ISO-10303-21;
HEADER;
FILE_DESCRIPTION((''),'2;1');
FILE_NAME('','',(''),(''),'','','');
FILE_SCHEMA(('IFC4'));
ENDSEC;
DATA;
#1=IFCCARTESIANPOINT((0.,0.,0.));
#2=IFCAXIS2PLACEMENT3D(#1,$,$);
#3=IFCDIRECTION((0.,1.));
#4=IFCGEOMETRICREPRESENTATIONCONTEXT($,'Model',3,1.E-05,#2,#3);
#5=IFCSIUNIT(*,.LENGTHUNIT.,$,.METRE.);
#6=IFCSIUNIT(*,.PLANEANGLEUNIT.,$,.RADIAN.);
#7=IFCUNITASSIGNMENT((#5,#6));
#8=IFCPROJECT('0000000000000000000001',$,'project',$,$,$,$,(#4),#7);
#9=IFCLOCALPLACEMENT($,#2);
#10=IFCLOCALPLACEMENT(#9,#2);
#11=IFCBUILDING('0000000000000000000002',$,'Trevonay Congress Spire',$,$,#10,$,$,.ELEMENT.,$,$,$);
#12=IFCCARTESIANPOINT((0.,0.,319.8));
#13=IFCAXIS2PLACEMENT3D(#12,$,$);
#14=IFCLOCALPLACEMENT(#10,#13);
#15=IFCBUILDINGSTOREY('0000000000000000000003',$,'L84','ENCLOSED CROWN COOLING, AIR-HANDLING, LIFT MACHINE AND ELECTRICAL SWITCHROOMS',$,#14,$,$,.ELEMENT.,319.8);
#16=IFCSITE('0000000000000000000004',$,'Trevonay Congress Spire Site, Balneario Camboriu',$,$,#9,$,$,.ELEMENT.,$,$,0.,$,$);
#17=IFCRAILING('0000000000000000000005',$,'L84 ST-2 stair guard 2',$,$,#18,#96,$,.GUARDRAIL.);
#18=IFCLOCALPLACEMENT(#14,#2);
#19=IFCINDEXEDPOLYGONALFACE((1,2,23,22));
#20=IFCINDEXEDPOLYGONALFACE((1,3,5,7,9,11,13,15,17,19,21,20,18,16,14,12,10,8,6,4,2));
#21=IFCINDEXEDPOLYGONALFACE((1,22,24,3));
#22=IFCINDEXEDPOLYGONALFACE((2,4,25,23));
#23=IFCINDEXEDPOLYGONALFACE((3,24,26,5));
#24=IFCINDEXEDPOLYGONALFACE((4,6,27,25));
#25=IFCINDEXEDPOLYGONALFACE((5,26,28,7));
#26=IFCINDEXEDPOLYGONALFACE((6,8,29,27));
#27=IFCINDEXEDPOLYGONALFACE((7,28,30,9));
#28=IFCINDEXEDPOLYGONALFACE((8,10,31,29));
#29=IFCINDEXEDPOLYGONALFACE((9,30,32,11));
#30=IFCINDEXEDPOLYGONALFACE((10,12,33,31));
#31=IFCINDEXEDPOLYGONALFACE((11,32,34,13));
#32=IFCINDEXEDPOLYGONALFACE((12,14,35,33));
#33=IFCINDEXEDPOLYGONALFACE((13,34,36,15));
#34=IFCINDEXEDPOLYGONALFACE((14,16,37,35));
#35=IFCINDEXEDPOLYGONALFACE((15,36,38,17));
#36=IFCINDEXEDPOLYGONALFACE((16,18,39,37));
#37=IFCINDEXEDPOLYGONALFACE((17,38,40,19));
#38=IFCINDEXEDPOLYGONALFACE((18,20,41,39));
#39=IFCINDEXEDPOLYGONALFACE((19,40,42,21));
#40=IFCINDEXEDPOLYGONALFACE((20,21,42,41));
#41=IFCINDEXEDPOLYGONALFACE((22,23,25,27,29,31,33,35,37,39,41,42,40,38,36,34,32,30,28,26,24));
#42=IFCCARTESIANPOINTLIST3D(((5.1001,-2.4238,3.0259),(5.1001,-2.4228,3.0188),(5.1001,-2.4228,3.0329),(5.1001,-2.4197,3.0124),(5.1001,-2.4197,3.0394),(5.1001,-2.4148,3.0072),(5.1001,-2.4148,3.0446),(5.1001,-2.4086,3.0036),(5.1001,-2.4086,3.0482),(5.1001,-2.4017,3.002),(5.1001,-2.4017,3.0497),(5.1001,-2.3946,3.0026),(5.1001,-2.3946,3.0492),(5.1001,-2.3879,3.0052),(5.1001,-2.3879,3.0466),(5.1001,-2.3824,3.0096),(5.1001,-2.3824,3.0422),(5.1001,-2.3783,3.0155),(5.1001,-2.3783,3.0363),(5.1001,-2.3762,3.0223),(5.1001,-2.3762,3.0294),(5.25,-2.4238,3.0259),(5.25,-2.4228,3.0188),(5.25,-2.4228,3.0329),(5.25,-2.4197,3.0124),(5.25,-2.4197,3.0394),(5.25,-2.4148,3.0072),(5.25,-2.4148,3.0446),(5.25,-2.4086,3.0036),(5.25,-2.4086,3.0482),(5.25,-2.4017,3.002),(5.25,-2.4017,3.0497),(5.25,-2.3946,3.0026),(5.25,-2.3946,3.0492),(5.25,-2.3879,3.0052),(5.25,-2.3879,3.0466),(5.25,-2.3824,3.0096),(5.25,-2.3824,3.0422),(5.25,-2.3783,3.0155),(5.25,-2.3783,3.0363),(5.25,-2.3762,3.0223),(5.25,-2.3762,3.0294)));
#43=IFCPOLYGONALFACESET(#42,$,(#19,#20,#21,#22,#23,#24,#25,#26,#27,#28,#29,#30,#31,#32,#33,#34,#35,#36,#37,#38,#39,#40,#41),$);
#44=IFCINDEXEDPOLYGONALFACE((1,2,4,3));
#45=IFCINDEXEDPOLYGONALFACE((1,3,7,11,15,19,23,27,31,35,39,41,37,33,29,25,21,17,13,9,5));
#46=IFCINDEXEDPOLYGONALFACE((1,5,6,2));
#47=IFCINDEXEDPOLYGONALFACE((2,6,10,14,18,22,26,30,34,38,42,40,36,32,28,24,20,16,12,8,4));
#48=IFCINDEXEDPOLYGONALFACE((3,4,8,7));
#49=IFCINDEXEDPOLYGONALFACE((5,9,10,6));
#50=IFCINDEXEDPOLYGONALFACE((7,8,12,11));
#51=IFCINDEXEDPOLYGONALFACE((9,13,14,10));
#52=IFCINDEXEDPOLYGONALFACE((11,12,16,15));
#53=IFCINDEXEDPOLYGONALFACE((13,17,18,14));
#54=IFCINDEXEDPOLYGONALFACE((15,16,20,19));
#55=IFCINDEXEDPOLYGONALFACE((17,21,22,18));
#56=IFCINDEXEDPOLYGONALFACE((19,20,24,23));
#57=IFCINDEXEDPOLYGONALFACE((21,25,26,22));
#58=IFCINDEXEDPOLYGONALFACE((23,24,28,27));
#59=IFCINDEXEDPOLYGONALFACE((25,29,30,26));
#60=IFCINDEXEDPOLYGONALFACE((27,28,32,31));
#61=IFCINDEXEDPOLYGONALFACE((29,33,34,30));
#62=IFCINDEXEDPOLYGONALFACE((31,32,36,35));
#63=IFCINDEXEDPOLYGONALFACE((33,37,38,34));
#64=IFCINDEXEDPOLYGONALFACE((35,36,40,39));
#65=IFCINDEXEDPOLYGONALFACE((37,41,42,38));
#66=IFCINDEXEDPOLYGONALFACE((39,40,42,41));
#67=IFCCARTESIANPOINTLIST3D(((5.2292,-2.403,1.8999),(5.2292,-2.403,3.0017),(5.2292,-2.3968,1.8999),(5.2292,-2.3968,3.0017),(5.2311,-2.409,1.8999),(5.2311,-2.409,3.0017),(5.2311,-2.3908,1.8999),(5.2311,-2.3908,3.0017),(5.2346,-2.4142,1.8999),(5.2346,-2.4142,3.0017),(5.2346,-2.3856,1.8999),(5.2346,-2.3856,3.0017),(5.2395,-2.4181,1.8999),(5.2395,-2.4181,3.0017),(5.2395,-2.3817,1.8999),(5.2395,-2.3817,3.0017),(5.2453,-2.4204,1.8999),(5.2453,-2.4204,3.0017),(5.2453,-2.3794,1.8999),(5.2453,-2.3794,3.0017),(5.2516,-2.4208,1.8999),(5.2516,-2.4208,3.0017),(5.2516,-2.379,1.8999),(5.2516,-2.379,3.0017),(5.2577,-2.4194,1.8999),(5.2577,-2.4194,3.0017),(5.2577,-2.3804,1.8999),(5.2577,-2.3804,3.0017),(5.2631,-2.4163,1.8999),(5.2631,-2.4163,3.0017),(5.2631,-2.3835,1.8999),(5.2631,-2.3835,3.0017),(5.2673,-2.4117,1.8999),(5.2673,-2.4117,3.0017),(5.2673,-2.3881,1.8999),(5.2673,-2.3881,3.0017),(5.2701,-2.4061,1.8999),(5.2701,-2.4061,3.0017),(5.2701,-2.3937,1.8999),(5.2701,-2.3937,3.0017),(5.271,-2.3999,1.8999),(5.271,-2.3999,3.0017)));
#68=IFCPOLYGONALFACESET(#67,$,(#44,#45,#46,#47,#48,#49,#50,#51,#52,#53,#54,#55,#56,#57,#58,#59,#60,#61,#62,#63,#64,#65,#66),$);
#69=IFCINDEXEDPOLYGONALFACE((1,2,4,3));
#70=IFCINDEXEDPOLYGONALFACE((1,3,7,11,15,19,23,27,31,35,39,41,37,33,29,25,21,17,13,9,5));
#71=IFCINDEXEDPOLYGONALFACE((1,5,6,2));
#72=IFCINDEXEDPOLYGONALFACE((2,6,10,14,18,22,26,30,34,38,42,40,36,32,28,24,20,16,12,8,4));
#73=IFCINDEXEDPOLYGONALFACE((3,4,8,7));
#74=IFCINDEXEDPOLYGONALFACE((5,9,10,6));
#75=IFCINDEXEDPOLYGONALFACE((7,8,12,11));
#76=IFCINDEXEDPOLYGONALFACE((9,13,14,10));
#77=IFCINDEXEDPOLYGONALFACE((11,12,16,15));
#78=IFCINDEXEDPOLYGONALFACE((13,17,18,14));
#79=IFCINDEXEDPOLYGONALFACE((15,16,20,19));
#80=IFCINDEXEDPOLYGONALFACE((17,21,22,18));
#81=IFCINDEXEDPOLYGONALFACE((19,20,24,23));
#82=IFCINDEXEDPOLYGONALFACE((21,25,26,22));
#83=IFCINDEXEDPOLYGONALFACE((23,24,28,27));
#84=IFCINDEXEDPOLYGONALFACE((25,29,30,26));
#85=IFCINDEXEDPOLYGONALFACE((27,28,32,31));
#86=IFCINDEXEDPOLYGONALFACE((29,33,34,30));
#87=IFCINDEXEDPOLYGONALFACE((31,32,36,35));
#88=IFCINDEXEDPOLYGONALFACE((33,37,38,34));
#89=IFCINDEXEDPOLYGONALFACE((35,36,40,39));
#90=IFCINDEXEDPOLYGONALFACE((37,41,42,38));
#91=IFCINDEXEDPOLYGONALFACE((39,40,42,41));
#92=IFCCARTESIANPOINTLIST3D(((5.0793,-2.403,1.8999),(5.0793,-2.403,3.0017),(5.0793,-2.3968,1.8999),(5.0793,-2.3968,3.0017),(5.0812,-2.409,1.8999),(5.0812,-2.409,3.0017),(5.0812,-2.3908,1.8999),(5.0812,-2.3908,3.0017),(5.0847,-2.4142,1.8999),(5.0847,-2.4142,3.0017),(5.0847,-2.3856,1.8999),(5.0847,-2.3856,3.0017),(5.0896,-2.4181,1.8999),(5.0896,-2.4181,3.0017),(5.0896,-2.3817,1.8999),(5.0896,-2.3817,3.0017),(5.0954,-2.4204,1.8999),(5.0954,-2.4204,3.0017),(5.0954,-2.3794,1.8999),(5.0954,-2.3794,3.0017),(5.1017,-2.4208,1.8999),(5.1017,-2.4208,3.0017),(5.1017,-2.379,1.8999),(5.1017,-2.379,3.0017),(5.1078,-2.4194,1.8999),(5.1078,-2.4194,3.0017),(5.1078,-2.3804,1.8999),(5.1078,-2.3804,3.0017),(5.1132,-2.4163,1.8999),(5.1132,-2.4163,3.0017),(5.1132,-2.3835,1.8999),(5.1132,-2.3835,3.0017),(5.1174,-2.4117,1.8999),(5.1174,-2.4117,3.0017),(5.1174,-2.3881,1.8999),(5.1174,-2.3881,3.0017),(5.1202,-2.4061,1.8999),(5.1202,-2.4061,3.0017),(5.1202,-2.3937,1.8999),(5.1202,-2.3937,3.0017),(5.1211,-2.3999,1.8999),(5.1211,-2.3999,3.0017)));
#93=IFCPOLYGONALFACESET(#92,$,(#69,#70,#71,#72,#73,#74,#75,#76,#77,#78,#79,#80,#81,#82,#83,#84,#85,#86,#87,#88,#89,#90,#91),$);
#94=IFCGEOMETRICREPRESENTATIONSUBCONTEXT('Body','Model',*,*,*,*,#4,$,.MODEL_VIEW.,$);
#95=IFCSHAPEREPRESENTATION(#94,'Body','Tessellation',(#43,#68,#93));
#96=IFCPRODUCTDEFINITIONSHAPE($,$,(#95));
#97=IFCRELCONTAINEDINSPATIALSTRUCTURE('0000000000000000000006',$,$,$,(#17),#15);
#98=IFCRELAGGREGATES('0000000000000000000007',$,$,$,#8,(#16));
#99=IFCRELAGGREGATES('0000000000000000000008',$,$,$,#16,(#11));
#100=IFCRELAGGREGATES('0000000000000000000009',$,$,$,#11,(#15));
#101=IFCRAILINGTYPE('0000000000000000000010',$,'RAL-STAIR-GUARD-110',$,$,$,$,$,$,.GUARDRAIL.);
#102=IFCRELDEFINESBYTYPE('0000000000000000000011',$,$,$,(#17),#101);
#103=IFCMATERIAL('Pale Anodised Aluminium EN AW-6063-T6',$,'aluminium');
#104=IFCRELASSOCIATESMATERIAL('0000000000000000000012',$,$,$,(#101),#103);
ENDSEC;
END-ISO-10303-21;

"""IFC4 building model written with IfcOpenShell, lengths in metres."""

from ifc_helpers import new_model, si_unit, direction, frame, origin, origin_2d, place, context, subcontext, project, spatial, circle, extrude, material, type_object, element, save


model = new_model("IFC4")

# Units and contexts
model_context = context("Model", 3, precision=1e-05, world=origin(), true_north=direction((0.0, 1.0)))
body_context = subcontext(model_context, "Body", "Model", "MODEL_VIEW")
ifc_project = project(units=[si_unit("LENGTHUNIT", "METRE"), si_unit("PLANEANGLEUNIT", "RADIAN")], contexts=[model_context])

# Site, building, storey
site_placement = place(None, origin())
site = spatial("IfcSite", under=ifc_project, at=site_placement, Name="Trevonay Congress Spire Site, Balneario Camboriu", CompositionType="ELEMENT", RefElevation=0.0)
building_placement = place(site_placement, origin())
building = spatial("IfcBuilding", under=site, at=building_placement, Name="Trevonay Congress Spire", CompositionType="ELEMENT")
storey_placement = place(building_placement, frame((0.0, 0.0, 319.8)))
storey = spatial("IfcBuildingStorey", under=building, at=storey_placement, Name="L84", Description="ENCLOSED CROWN COOLING, AIR-HANDLING, LIFT MACHINE AND ELECTRICAL SWITCHROOMS", CompositionType="ELEMENT", Elevation=319.8)

# Shared definitions
ifc_material_1 = material(Name="Pale Anodised Aluminium EN AW-6063-T6", Category="aluminium")

# Railing
railing_type_1 = type_object("IfcRailingType", Name="RAL-STAIR-GUARD-110", PredefinedType="GUARDRAIL", material=ifc_material_1)
railing_1_placement = place(storey_placement, frame((5.25, -2.3999, 1.8999)))
element("IfcRailing", 1, at=railing_1_placement, inside=storey, type_object=railing_type_1, Name="L84 ST-2 stair guard 2", PredefinedType="GUARDRAIL", context=body_context, shape_type="SweptSolid", body=[
    extrude(circle(Radius=0.0239, at=origin_2d()), frame((0.0, 0.0, 1.126), z_axis=(-1.0, 0.0, 0.0), x_axis=(0.0, -1.0, 0.0)), (0.0, 0.0, 1.0), 0.1499),
    extrude(circle(Radius=0.021, at=origin_2d()), origin(), (0.0, 0.0, 1.0), 1.1018),
    extrude(circle(Radius=0.021, at=origin_2d()), frame((-0.1499, 0.0, 0.0)), (0.0, 0.0, 1.0), 1.1018),
])

save(model, "model.ifc")
